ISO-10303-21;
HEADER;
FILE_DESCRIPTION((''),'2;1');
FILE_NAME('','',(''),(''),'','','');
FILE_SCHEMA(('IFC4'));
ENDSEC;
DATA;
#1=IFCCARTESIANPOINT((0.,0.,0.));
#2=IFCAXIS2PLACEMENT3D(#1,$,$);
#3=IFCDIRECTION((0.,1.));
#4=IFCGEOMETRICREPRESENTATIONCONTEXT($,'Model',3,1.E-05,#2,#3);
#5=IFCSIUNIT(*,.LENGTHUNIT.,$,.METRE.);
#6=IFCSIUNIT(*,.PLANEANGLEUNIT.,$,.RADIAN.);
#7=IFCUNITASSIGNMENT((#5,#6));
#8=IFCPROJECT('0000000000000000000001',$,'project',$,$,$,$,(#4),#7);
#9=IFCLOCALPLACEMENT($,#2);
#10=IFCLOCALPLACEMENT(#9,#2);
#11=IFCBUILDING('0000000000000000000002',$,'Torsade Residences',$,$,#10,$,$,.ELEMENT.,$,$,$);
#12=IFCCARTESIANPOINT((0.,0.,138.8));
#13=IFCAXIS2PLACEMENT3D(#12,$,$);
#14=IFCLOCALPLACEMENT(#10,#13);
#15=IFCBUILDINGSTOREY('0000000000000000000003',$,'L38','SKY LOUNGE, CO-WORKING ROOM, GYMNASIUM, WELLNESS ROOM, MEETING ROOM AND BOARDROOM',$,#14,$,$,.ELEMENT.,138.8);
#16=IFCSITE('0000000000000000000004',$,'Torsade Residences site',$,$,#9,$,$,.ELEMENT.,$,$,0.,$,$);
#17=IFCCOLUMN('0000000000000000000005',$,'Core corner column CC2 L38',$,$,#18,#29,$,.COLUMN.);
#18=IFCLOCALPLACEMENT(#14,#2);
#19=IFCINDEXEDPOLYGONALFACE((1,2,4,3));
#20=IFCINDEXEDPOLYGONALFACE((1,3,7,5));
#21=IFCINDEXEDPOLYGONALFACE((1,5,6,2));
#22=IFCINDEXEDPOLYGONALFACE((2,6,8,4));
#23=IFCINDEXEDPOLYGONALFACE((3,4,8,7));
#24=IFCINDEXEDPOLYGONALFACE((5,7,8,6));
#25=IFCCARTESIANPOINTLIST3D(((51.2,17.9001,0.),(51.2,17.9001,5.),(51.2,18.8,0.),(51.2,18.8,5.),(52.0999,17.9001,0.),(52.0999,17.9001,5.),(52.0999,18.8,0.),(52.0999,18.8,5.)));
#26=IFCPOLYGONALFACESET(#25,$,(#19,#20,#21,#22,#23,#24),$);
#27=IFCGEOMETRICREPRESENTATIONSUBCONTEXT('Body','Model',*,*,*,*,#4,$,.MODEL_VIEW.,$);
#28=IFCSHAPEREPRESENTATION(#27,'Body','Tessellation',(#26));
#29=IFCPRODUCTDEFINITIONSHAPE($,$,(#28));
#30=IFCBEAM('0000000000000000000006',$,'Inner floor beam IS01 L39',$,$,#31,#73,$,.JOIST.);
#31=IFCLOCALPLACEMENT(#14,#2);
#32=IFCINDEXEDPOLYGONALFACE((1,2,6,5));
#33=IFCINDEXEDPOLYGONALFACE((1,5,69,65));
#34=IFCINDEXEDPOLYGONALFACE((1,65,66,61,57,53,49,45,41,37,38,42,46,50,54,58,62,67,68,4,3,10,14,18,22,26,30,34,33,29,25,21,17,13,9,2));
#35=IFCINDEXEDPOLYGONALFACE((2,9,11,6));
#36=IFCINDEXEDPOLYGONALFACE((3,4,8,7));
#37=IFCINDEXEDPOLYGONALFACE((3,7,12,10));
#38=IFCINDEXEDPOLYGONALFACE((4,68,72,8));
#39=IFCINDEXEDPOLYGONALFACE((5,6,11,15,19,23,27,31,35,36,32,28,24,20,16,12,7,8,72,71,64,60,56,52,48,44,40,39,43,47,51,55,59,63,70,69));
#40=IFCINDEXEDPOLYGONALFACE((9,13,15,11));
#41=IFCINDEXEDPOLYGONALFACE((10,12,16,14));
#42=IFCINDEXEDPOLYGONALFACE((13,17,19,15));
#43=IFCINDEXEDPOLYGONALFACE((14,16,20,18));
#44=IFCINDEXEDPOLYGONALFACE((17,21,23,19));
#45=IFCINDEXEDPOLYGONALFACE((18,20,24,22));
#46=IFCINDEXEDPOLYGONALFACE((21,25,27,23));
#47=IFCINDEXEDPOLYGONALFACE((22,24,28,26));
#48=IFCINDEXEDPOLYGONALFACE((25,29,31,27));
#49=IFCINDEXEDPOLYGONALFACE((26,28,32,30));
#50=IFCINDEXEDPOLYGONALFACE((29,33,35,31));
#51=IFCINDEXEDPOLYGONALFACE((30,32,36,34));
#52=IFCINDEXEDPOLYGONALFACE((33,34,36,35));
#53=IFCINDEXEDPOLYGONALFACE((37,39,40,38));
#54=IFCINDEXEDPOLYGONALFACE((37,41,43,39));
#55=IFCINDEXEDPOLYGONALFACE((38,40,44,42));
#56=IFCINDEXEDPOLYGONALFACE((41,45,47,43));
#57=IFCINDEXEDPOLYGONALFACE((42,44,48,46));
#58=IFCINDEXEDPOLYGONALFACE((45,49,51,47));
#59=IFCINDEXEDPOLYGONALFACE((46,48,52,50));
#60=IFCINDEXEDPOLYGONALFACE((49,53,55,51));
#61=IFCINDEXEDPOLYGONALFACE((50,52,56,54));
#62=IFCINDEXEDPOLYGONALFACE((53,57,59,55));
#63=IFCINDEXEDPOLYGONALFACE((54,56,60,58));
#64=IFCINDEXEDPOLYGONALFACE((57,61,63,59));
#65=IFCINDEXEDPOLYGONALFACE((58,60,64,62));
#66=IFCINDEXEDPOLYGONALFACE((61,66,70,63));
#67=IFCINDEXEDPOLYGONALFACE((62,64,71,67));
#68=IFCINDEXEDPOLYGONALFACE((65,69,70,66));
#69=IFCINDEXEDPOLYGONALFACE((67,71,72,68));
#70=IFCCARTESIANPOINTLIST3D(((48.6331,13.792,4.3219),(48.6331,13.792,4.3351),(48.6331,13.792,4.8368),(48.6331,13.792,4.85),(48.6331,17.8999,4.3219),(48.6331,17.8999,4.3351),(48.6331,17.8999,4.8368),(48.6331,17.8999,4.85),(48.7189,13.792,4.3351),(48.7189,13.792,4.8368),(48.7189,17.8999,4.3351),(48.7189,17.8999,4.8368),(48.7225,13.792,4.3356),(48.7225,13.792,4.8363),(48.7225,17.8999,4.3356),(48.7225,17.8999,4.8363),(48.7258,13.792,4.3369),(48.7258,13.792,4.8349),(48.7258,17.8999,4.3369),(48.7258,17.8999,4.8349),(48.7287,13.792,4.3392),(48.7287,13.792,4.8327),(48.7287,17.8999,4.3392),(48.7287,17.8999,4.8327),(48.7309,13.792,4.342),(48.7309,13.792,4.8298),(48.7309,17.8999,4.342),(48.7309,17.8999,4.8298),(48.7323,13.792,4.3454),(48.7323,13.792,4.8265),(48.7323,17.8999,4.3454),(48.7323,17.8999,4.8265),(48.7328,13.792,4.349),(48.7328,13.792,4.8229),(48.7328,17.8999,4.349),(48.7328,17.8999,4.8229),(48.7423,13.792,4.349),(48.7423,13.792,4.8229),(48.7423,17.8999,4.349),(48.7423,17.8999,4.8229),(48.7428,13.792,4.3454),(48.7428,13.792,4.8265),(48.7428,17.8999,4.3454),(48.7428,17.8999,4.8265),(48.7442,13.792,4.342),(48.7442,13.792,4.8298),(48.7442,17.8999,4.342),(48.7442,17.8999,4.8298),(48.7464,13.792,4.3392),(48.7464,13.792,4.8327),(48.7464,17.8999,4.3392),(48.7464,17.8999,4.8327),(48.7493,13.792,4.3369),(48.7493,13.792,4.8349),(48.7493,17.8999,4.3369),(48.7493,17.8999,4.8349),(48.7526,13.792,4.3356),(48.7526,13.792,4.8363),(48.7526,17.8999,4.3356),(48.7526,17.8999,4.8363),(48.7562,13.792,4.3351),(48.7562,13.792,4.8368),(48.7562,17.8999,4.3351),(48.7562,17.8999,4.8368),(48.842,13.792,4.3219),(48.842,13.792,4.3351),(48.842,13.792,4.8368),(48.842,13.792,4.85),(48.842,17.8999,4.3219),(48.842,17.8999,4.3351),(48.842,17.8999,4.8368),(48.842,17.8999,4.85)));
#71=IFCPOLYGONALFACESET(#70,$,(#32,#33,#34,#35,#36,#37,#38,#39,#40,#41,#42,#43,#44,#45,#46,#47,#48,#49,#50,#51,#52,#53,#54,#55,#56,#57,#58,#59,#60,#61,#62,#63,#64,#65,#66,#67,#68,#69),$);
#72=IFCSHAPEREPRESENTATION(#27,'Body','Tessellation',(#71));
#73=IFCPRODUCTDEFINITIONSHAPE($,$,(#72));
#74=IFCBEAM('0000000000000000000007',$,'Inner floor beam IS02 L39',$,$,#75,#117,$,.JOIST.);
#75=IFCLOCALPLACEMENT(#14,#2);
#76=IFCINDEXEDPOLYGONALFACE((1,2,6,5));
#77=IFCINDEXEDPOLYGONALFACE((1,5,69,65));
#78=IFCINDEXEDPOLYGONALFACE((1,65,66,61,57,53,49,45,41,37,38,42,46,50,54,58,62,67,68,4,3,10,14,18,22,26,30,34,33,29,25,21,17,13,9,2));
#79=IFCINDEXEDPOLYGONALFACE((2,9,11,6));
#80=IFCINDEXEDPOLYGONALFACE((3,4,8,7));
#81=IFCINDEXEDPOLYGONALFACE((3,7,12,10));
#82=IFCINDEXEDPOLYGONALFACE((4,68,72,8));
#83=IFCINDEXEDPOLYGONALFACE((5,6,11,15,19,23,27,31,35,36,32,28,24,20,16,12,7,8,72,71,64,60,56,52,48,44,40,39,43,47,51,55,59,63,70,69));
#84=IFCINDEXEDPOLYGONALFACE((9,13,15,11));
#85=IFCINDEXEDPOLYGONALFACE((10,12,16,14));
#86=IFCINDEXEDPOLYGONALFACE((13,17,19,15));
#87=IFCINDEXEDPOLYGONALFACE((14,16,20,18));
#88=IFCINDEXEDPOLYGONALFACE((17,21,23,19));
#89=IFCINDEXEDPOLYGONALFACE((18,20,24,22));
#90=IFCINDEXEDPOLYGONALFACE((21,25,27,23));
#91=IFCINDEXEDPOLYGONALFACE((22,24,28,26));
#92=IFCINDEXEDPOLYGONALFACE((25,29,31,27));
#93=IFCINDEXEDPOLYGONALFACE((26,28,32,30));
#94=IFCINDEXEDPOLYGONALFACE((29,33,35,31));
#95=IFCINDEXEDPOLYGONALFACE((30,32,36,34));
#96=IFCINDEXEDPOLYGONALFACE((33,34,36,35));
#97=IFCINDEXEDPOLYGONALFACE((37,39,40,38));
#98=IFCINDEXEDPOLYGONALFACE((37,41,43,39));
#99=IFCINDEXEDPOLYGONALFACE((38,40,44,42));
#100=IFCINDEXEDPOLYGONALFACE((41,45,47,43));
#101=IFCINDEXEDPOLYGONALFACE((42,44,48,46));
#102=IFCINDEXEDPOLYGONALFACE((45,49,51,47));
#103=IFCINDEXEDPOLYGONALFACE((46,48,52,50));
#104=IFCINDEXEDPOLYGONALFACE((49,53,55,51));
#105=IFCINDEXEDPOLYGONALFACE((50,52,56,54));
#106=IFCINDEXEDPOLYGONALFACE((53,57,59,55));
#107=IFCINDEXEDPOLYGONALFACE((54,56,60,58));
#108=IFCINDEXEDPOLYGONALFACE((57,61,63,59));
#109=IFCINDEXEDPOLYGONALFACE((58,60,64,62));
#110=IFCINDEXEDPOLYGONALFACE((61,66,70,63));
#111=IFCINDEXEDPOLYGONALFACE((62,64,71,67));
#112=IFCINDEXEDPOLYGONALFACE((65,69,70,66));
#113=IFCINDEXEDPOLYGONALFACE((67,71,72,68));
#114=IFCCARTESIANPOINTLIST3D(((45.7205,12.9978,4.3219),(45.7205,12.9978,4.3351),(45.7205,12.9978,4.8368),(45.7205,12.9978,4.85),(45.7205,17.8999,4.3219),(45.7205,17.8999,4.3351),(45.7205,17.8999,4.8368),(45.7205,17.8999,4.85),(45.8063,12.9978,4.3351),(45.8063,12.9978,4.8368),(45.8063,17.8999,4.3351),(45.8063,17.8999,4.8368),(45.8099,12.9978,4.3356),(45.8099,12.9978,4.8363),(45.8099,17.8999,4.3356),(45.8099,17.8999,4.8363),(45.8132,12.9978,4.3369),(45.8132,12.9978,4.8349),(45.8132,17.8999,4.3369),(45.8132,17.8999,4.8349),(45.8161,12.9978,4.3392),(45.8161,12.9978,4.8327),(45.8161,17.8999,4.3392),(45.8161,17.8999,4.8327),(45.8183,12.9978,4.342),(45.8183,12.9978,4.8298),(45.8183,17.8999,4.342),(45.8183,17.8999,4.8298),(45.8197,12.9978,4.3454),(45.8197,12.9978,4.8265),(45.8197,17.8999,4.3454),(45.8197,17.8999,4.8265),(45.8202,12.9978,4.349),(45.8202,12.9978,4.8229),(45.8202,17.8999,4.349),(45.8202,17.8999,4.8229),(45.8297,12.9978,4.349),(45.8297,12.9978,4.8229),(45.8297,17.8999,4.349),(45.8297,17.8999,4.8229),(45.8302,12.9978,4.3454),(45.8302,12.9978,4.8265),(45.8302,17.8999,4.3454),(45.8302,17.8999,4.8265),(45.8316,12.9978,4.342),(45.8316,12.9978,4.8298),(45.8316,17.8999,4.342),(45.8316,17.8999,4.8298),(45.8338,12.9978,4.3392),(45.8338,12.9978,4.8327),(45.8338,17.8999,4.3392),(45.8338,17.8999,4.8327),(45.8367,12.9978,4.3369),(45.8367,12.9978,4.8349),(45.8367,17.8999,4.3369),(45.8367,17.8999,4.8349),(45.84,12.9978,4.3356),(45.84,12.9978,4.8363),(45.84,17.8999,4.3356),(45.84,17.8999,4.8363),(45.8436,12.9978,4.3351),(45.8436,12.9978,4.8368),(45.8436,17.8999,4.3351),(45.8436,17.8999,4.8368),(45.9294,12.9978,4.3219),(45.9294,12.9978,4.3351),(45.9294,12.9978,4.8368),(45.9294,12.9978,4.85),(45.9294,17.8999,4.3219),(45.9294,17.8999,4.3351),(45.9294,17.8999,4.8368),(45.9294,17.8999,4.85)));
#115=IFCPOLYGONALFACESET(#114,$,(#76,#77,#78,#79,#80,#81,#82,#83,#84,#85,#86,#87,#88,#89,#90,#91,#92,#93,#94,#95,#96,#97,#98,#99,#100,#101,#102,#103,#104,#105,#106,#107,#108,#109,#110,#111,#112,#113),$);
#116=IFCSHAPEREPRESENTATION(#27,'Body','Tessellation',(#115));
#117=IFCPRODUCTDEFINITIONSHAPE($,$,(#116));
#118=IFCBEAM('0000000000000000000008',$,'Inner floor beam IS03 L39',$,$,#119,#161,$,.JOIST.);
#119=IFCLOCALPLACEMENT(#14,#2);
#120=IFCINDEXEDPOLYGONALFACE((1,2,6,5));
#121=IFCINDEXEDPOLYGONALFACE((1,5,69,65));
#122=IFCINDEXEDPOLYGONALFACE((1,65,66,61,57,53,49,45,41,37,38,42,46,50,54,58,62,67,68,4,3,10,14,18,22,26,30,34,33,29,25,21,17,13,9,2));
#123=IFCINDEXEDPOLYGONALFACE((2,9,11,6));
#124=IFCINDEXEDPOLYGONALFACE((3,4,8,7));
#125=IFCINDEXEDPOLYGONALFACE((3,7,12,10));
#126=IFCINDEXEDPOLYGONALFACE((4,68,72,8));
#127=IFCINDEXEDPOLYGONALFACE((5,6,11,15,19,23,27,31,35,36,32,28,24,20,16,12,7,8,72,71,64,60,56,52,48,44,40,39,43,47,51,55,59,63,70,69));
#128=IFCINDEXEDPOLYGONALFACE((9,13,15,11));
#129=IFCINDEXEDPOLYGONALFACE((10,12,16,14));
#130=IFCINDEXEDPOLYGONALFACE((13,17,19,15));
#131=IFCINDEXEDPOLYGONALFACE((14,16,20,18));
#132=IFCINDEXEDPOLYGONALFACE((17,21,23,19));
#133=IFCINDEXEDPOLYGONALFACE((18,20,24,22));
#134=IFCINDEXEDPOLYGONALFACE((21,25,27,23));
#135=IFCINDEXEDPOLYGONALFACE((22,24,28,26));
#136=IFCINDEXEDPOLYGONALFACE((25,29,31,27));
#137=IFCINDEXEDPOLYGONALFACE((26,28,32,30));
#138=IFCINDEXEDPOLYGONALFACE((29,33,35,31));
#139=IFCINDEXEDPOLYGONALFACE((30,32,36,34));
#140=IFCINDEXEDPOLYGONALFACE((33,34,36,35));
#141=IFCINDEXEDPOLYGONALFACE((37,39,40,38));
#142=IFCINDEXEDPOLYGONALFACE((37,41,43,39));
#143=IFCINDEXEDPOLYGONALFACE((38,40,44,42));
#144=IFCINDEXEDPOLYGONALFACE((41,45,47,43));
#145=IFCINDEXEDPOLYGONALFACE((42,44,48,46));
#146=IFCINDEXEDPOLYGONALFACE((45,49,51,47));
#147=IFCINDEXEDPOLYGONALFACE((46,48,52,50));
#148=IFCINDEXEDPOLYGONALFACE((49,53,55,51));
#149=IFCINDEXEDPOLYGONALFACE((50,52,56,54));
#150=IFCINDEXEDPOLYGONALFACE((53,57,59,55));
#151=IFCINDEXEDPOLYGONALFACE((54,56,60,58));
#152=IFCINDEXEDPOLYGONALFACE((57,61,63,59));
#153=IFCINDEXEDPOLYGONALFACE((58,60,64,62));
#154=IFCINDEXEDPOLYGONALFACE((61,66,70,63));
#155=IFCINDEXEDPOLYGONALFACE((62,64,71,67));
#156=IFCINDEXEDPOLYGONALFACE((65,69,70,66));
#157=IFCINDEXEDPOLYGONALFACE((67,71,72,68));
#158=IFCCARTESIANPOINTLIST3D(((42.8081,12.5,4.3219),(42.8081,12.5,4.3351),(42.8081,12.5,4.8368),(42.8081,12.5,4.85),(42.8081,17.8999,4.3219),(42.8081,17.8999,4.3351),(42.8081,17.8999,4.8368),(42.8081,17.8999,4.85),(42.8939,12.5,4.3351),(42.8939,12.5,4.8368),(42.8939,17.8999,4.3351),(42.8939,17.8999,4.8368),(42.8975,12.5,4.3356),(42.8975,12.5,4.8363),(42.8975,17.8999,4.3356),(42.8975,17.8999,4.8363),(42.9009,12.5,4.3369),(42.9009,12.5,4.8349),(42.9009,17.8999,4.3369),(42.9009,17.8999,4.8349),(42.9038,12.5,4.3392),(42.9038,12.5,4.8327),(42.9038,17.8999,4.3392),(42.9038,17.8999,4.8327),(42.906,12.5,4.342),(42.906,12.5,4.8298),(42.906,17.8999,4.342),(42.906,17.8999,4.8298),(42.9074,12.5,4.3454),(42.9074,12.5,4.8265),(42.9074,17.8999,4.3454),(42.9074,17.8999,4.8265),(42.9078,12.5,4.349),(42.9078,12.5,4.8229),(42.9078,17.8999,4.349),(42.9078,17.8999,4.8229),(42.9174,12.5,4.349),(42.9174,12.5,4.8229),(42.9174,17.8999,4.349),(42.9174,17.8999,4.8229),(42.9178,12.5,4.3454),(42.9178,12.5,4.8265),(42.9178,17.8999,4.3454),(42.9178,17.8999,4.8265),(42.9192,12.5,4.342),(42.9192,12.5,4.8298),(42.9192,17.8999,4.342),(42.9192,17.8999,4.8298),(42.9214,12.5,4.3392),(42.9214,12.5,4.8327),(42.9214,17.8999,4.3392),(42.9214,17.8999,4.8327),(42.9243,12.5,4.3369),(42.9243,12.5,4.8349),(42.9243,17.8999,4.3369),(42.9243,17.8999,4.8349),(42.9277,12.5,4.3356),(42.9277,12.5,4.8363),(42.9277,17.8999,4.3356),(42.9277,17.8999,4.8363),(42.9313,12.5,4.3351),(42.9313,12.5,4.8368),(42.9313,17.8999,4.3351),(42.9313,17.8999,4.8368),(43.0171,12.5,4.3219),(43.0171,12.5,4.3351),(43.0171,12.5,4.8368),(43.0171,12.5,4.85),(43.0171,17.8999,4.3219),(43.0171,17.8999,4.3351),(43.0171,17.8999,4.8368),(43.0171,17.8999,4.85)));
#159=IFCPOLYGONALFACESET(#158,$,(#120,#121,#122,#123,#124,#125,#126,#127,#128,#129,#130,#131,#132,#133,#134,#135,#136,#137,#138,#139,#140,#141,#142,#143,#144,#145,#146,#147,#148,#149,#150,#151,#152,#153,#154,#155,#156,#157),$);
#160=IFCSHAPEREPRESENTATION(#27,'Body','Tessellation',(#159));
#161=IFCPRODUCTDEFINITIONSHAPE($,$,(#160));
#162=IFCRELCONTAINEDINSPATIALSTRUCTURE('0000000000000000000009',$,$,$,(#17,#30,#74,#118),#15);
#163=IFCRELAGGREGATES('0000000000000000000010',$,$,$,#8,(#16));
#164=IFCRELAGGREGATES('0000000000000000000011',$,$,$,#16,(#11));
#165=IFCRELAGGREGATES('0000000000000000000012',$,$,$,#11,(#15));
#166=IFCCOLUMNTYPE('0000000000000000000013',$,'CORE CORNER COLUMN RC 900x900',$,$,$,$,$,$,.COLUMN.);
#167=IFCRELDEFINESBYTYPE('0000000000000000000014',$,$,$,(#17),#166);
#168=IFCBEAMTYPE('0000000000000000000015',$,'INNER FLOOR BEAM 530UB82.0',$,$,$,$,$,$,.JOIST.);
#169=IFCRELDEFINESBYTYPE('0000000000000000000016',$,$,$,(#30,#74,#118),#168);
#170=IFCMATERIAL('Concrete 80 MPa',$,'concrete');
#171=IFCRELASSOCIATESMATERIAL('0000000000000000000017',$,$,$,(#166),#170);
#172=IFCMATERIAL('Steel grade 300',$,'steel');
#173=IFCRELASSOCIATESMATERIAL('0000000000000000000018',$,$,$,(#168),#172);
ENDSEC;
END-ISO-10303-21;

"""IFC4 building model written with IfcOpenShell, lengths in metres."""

from ifc_helpers import new_model, si_unit, direction, frame, origin, origin_2d, place, context, subcontext, project, spatial, rectangle, i_section, extrude, material, material_profile, profile_set, type_object, element, save


model = new_model("IFC4")

# Units and contexts
model_context = context("Model", 3, precision=1e-05, world=origin(), true_north=direction((0.0, 1.0)))
body_context = subcontext(model_context, "Body", "Model", "MODEL_VIEW")
ifc_project = project(units=[si_unit("LENGTHUNIT", "METRE"), si_unit("PLANEANGLEUNIT", "RADIAN")], contexts=[model_context])

# Site, building, storey
site_placement = place(None, origin())
site = spatial("IfcSite", under=ifc_project, at=site_placement, Name="Torsade Residences site", CompositionType="ELEMENT", RefElevation=0.0)
building_placement = place(site_placement, origin())
building = spatial("IfcBuilding", under=site, at=building_placement, Name="Torsade Residences", CompositionType="ELEMENT")
storey_placement = place(building_placement, frame((0.0, 0.0, 138.8)))
storey = spatial("IfcBuildingStorey", under=building, at=storey_placement, Name="L38", Description="SKY LOUNGE, CO-WORKING ROOM, GYMNASIUM, WELLNESS ROOM, MEETING ROOM AND BOARDROOM", CompositionType="ELEMENT", Elevation=138.8)

# Column
ifc_material_1 = material(Name="Concrete 80 MPa", Category="concrete")
ifc_material_profile_1 = material_profile(ifc_material_1, rectangle(XDim=0.8999, YDim=0.8999, at=origin_2d()), Name="RC 900x900")
ifc_profile_set_1 = profile_set([ifc_material_profile_1], Name="Concrete 80 MPa")
column_type = type_object("IfcColumnType", Name="CORE CORNER COLUMN RC 900x900", PredefinedType="COLUMN", material=ifc_profile_set_1)
column_placement = place(storey_placement, frame((51.6499, 18.3501, 0.0), z_axis=(0.0, 0.0, 1.0), x_axis=(1.0, 0.0, 0.0)))
element("IfcColumn", 1, at=column_placement, inside=storey, type_object=column_type, Name="Core corner column CC2 L38", PredefinedType="COLUMN", context=body_context, shape_type="SweptSolid", body=[
    extrude(rectangle(XDim=0.8999, YDim=0.8999, at=origin_2d()), origin(), (0.0, 0.0, 1.0), 5.0),
])

# Beams
ifc_material_2 = material(Name="Steel grade 300", Category="steel")
ifc_material_profile_2 = material_profile(ifc_material_2, i_section(OverallWidth=0.209, OverallDepth=0.5281, WebThickness=0.0095, FlangeThickness=0.0132, FilletRadius=0.0139, at=origin_2d()), Name="530UB82.0")
ifc_profile_set_2 = profile_set([ifc_material_profile_2], Name="Steel grade 300")
beam_type = type_object("IfcBeamType", Name="INNER FLOOR BEAM 530UB82.0", PredefinedType="JOIST", material=ifc_profile_set_2)
beam_1_placement = place(storey_placement, frame((48.7375, 17.8999, 4.5859), z_axis=(0.0, -1.0, 0.0), x_axis=(1.0, 0.0, 0.0)))
element("IfcBeam", 2, at=beam_1_placement, inside=storey, type_object=beam_type, Name="Inner floor beam IS01 L39", PredefinedType="JOIST", context=body_context, shape_type="SweptSolid", body=[
    extrude(i_section(OverallWidth=0.209, OverallDepth=0.5281, WebThickness=0.0095, FlangeThickness=0.0132, FilletRadius=0.0139, at=origin_2d()), origin(), (0.0, 0.0, 1.0), 4.1079),
])
beam_2_placement = place(storey_placement, frame((45.825, 17.8999, 4.5859), z_axis=(0.0, -1.0, 0.0), x_axis=(1.0, 0.0, 0.0)))
element("IfcBeam", 3, at=beam_2_placement, inside=storey, type_object=beam_type, Name="Inner floor beam IS02 L39", PredefinedType="JOIST", context=body_context, shape_type="SweptSolid", body=[
    extrude(i_section(OverallWidth=0.209, OverallDepth=0.5281, WebThickness=0.0095, FlangeThickness=0.0132, FilletRadius=0.0139, at=origin_2d()), origin(), (0.0, 0.0, 1.0), 4.9021),
])
for number, where, z_axis, x_axis, name in (
    (4, (42.9126, 17.8999, 4.5859), (0.0, -1.0, 0.0), (1.0, 0.0, 0.0), "Inner floor beam IS03 L39"),
):
    element("IfcBeam", number, at=place(storey_placement, frame(where, z_axis=z_axis, x_axis=x_axis)), inside=storey, type_object=beam_type, Name=name, PredefinedType="JOIST", context=body_context, shape_type="SweptSolid", body=[
        extrude(i_section(OverallWidth=0.209, OverallDepth=0.5281, WebThickness=0.0095, FlangeThickness=0.0132, FilletRadius=0.0139, at=origin_2d()), origin(), (0.0, 0.0, 1.0), 5.3999),
    ])

save(model, "model.ifc")
